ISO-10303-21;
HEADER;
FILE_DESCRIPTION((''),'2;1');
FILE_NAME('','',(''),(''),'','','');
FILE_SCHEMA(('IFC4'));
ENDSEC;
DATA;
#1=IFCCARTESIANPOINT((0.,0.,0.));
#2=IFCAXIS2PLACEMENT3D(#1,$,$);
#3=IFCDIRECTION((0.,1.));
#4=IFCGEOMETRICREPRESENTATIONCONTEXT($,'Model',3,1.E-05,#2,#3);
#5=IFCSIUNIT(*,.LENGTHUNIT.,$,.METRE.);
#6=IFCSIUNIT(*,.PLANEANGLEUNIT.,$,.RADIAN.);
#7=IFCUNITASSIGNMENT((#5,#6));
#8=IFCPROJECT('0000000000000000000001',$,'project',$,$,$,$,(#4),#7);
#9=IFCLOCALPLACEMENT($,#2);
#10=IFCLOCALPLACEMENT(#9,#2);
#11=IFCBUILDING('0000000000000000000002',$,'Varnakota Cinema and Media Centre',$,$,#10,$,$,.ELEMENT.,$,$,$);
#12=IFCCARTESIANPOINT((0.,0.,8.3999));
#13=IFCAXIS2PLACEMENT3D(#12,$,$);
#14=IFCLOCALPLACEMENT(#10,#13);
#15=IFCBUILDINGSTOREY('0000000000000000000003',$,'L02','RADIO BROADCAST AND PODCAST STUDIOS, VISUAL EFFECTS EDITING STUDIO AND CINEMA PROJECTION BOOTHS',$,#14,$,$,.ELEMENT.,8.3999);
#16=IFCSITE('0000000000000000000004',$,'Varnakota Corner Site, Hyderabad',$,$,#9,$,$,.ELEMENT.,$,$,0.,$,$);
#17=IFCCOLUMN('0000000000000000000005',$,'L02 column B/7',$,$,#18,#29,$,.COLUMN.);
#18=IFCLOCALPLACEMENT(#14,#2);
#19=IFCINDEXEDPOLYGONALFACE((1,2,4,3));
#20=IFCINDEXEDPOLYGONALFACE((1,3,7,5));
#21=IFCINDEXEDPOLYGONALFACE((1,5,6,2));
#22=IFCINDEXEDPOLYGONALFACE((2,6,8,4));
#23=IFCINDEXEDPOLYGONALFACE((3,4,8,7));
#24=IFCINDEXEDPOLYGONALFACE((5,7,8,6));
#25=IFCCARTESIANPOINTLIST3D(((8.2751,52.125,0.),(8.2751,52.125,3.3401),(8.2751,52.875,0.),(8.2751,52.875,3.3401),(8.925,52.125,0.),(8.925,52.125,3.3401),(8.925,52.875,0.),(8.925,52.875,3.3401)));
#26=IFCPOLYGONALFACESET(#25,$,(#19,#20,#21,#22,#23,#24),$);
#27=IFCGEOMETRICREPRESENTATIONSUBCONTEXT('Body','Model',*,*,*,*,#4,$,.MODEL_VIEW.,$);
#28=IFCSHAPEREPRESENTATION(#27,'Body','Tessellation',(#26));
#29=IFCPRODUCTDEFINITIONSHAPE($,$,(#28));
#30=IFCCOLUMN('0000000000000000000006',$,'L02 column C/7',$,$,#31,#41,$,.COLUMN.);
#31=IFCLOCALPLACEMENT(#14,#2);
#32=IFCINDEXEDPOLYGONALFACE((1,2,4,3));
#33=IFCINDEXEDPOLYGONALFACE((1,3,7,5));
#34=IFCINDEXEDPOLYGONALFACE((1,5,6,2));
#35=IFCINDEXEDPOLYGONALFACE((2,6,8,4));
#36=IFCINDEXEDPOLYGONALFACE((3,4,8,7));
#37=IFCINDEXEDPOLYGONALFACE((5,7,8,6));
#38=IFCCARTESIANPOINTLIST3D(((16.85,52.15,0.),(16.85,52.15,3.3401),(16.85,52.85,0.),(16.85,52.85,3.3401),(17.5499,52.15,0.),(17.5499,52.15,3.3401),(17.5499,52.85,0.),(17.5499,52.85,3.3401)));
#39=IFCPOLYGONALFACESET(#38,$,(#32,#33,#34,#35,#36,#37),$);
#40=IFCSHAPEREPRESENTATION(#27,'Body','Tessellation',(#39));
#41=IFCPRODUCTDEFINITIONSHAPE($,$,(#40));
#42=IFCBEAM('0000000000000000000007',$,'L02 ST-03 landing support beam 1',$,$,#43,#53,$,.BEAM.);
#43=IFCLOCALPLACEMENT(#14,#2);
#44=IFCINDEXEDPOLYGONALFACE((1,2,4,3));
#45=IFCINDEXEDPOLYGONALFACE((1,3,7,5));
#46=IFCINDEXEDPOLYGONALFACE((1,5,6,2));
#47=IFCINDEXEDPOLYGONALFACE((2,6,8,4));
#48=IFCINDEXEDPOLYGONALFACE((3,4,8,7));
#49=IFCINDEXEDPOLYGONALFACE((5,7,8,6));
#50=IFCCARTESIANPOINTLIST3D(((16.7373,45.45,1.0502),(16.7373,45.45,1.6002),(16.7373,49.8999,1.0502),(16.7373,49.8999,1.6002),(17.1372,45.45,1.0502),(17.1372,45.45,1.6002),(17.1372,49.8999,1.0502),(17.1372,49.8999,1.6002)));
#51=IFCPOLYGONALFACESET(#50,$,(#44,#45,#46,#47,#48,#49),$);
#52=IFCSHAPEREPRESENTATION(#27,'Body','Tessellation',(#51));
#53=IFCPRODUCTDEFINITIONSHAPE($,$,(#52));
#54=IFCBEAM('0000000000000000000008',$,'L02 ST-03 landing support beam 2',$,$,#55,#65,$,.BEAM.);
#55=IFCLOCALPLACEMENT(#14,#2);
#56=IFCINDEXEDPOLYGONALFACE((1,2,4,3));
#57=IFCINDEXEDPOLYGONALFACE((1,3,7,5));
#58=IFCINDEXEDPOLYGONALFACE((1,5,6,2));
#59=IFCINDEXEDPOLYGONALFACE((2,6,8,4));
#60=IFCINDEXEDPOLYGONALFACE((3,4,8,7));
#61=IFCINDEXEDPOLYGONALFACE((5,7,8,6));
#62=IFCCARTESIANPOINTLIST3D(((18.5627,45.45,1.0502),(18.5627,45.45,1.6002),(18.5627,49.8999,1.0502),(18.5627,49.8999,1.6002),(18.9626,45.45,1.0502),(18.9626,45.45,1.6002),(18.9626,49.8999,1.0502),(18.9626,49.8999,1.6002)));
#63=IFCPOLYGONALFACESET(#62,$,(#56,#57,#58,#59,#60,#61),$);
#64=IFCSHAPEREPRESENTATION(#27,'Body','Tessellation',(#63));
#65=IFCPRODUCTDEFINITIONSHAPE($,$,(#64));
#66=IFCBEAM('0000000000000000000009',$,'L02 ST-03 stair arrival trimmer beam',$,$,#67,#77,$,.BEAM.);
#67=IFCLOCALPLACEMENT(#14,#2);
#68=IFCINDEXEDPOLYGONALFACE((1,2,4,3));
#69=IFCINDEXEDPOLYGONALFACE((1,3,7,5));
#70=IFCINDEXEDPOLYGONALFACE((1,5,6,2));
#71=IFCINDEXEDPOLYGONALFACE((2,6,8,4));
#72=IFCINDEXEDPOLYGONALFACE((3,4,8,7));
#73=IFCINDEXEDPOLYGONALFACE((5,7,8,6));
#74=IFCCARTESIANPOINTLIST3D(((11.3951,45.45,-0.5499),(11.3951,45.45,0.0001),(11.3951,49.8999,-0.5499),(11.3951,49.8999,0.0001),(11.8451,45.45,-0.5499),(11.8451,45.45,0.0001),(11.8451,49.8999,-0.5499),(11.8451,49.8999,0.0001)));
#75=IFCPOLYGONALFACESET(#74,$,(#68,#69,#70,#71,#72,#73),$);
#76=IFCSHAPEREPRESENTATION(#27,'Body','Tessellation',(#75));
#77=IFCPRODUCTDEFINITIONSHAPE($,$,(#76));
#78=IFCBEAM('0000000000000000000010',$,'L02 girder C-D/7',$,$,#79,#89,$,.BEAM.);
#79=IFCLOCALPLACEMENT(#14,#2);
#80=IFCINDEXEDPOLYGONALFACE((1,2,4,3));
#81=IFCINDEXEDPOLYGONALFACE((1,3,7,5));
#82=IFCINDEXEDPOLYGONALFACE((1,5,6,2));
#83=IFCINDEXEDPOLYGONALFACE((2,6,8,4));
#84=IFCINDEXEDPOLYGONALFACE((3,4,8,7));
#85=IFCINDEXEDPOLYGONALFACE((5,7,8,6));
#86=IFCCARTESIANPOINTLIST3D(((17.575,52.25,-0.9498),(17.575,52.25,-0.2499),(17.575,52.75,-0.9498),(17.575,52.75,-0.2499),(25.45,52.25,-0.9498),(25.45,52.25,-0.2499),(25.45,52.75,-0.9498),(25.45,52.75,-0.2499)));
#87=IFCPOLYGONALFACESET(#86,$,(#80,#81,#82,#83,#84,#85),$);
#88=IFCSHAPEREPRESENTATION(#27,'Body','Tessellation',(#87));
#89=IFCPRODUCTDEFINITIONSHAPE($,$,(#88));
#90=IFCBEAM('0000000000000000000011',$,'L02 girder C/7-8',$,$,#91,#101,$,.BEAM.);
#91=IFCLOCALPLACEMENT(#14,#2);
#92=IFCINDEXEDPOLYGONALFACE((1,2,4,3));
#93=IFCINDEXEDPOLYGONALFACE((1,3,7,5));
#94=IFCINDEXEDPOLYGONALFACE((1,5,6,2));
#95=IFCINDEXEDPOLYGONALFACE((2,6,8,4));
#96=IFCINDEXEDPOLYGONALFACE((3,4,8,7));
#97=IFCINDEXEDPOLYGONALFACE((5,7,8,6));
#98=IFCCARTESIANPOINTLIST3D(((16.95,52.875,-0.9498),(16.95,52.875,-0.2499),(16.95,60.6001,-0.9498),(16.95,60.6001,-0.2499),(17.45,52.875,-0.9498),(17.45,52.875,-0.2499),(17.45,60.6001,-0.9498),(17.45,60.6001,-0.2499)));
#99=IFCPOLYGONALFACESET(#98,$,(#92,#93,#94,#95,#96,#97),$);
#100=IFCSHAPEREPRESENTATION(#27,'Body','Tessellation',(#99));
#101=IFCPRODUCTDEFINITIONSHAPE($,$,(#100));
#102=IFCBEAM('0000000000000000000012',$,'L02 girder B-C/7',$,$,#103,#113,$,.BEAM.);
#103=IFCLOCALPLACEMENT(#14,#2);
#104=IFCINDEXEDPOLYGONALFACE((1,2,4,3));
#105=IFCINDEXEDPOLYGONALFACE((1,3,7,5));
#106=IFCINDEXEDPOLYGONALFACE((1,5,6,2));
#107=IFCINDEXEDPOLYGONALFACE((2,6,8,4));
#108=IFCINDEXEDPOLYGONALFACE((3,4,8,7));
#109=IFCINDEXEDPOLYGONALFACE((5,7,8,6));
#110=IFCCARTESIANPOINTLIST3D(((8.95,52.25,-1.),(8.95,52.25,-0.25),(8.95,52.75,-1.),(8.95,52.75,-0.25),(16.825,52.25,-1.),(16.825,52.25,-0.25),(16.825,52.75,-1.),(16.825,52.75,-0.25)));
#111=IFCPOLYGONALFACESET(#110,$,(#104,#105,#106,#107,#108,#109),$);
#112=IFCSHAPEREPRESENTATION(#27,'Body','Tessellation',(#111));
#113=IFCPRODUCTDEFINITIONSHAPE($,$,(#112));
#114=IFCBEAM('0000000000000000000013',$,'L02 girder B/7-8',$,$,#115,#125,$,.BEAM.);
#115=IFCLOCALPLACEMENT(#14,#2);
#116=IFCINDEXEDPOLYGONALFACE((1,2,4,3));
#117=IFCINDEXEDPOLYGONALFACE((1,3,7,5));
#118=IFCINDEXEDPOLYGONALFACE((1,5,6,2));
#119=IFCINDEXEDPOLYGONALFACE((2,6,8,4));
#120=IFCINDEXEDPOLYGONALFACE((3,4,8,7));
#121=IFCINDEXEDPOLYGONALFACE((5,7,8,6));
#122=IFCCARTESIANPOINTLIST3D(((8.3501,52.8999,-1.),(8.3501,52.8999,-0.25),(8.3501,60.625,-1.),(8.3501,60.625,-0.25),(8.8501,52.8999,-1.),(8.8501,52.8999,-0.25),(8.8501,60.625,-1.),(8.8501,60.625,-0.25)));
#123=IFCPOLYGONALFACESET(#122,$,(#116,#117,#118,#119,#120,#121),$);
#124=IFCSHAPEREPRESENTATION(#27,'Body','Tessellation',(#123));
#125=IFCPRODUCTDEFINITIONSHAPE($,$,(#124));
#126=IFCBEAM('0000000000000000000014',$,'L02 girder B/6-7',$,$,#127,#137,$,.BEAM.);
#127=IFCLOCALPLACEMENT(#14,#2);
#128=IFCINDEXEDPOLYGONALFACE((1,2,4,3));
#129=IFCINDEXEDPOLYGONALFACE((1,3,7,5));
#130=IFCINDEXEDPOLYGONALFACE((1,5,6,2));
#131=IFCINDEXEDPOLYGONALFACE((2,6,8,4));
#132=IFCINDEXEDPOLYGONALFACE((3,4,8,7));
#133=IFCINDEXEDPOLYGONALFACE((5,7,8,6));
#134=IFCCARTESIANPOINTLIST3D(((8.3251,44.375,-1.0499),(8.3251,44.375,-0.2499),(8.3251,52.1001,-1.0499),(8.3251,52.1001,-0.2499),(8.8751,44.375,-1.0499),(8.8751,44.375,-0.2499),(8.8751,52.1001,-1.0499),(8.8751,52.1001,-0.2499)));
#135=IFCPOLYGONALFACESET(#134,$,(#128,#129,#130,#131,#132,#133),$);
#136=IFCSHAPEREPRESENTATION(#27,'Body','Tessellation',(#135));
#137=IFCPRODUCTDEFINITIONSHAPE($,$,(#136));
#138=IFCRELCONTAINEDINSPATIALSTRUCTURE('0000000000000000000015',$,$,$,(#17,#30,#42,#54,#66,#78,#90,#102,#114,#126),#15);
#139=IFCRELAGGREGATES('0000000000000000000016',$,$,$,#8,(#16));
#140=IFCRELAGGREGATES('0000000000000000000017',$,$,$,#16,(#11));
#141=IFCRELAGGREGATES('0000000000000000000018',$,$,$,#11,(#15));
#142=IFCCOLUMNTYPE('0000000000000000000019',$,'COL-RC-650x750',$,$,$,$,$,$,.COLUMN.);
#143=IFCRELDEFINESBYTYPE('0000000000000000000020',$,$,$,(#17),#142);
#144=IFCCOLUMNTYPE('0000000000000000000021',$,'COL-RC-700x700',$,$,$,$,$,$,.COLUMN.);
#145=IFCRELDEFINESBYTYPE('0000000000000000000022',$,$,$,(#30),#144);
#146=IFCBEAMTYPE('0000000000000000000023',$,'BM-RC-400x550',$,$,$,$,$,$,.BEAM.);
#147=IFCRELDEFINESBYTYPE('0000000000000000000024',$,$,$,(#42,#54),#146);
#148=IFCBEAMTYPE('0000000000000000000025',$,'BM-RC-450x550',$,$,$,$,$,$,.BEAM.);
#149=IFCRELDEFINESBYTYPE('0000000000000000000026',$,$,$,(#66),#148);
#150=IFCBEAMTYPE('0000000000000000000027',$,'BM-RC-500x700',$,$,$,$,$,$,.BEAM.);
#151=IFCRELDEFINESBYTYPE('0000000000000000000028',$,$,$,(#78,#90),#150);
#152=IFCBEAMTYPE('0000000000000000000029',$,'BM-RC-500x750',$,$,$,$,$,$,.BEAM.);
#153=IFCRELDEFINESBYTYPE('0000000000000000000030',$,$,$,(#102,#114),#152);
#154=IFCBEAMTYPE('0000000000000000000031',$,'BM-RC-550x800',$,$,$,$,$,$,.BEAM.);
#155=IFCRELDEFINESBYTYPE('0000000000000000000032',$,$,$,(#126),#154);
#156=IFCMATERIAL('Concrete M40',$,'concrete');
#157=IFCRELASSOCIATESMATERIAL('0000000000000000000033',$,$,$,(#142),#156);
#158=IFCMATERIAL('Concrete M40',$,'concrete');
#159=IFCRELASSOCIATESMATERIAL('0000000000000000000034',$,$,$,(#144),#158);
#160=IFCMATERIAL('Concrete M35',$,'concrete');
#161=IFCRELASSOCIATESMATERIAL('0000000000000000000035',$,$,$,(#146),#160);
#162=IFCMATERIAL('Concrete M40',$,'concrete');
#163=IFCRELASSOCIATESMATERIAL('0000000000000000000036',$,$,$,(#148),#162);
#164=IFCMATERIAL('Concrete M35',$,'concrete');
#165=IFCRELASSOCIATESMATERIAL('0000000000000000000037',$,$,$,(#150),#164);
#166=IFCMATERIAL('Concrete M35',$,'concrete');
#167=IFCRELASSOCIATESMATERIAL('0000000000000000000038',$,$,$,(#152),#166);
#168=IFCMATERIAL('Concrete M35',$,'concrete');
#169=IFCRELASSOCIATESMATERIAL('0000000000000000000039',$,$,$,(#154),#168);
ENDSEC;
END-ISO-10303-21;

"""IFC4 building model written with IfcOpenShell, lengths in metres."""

from ifc_helpers import new_model, si_unit, direction, frame, origin, origin_2d, place, context, subcontext, project, spatial, rectangle, extrude, material, material_profile, profile_set, type_object, element, save


model = new_model("IFC4")

# Units and contexts
model_context = context("Model", 3, precision=1e-05, world=origin(), true_north=direction((0.0, 1.0)))
body_context = subcontext(model_context, "Body", "Model", "MODEL_VIEW")
ifc_project = project(units=[si_unit("LENGTHUNIT", "METRE"), si_unit("PLANEANGLEUNIT", "RADIAN")], contexts=[model_context])

# Site, building, storey
site_placement = place(None, origin())
site = spatial("IfcSite", under=ifc_project, at=site_placement, Name="Varnakota Corner Site, Hyderabad", CompositionType="ELEMENT", RefElevation=0.0)
building_placement = place(site_placement, origin())
building = spatial("IfcBuilding", under=site, at=building_placement, Name="Varnakota Cinema and Media Centre", CompositionType="ELEMENT")
storey_placement = place(building_placement, frame((0.0, 0.0, 8.3999)))
storey = spatial("IfcBuildingStorey", under=building, at=storey_placement, Name="L02", Description="RADIO BROADCAST AND PODCAST STUDIOS, VISUAL EFFECTS EDITING STUDIO AND CINEMA PROJECTION BOOTHS", CompositionType="ELEMENT", Elevation=8.3999)

# Columns
ifc_material_1 = material(Name="Concrete M40", Category="concrete")
ifc_material_profile_1 = material_profile(ifc_material_1, rectangle(XDim=0.6499, YDim=0.75, at=origin_2d()), Name="RC 650x750")
ifc_profile_set_1 = profile_set([ifc_material_profile_1], Name="Concrete M40")
column_type_1 = type_object("IfcColumnType", Name="COL-RC-650x750", PredefinedType="COLUMN", material=ifc_profile_set_1)
column_1_placement = place(storey_placement, frame((8.6001, 52.5, 0.0), z_axis=(0.0, 0.0, 1.0), x_axis=(1.0, 0.0, 0.0)))
element("IfcColumn", 1, at=column_1_placement, inside=storey, type_object=column_type_1, Name="L02 column B/7", PredefinedType="COLUMN", context=body_context, shape_type="SweptSolid", body=[
    extrude(rectangle(XDim=0.6499, YDim=0.75, at=origin_2d()), origin(), (0.0, 0.0, 1.0), 3.3401),
])
ifc_material_2 = material(Name="Concrete M40", Category="concrete")
ifc_material_profile_2 = material_profile(ifc_material_2, rectangle(XDim=0.7, YDim=0.7, at=origin_2d()), Name="RC 700x700")
ifc_profile_set_2 = profile_set([ifc_material_profile_2], Name="Concrete M40")
column_type_2 = type_object("IfcColumnType", Name="COL-RC-700x700", PredefinedType="COLUMN", material=ifc_profile_set_2)
column_2_placement = place(storey_placement, frame((17.2, 52.5, 0.0), z_axis=(0.0, 0.0, 1.0), x_axis=(1.0, 0.0, 0.0)))
element("IfcColumn", 2, at=column_2_placement, inside=storey, type_object=column_type_2, Name="L02 column C/7", PredefinedType="COLUMN", context=body_context, shape_type="SweptSolid", body=[
    extrude(rectangle(XDim=0.7, YDim=0.7, at=origin_2d()), origin(), (0.0, 0.0, 1.0), 3.3401),
])

# Beams
ifc_material_3 = material(Name="Concrete M35", Category="concrete")
ifc_material_profile_3 = material_profile(ifc_material_3, rectangle(XDim=0.3999, YDim=0.55, at=origin_2d()), Name="RCB 400x550")
ifc_profile_set_3 = profile_set([ifc_material_profile_3], Name="Concrete M35")
beam_type_1 = type_object("IfcBeamType", Name="BM-RC-400x550", PredefinedType="BEAM", material=ifc_profile_set_3)
for number, where, z_axis, x_axis, name in (
    (3, (16.9373, 45.45, 1.3252), (0.0, 1.0, 0.0), (-1.0, 0.0, 0.0), "L02 ST-03 landing support beam 1"),
    (4, (18.7627, 45.45, 1.3252), (0.0, 1.0, 0.0), (-1.0, 0.0, 0.0), "L02 ST-03 landing support beam 2"),
):
    element("IfcBeam", number, at=place(storey_placement, frame(where, z_axis=z_axis, x_axis=x_axis)), inside=storey, type_object=beam_type_1, Name=name, PredefinedType="BEAM", context=body_context, shape_type="SweptSolid", body=[
        extrude(rectangle(XDim=0.3999, YDim=0.55, at=origin_2d()), origin(), (0.0, 0.0, 1.0), 4.45),
    ])
ifc_material_4 = material(Name="Concrete M40", Category="concrete")
ifc_material_profile_4 = material_profile(ifc_material_4, rectangle(XDim=0.45, YDim=0.55, at=origin_2d()), Name="RCB 450x550")
ifc_profile_set_4 = profile_set([ifc_material_profile_4], Name="Concrete M40")
beam_type_2 = type_object("IfcBeamType", Name="BM-RC-450x550", PredefinedType="BEAM", material=ifc_profile_set_4)
beam_1_placement = place(storey_placement, frame((11.6201, 45.45, -0.2749), z_axis=(0.0, 1.0, 0.0), x_axis=(-1.0, 0.0, 0.0)))
element("IfcBeam", 5, at=beam_1_placement, inside=storey, type_object=beam_type_2, Name="L02 ST-03 stair arrival trimmer beam", PredefinedType="BEAM", context=body_context, shape_type="SweptSolid", body=[
    extrude(rectangle(XDim=0.45, YDim=0.55, at=origin_2d()), origin(), (0.0, 0.0, 1.0), 4.45),
])
ifc_material_5 = material(Name="Concrete M35", Category="concrete")
ifc_material_profile_5 = material_profile(ifc_material_5, rectangle(XDim=0.5, YDim=0.7, at=origin_2d()), Name="RCB 500x700")
ifc_profile_set_5 = profile_set([ifc_material_profile_5], Name="Concrete M35")
beam_type_3 = type_object("IfcBeamType", Name="BM-RC-500x700", PredefinedType="BEAM", material=ifc_profile_set_5)
beam_2_placement = place(storey_placement, frame((17.575, 52.5, -0.5999), z_axis=(1.0, 0.0, 0.0), x_axis=(0.0, 1.0, 0.0)))
element("IfcBeam", 6, at=beam_2_placement, inside=storey, type_object=beam_type_3, Name="L02 girder C-D/7", PredefinedType="BEAM", context=body_context, shape_type="SweptSolid", body=[
    extrude(rectangle(XDim=0.5, YDim=0.7, at=origin_2d()), origin(), (0.0, 0.0, 1.0), 7.875),
])
beam_3_placement = place(storey_placement, frame((17.2, 52.875, -0.5999), z_axis=(0.0, 1.0, 0.0), x_axis=(-1.0, 0.0, 0.0)))
element("IfcBeam", 7, at=beam_3_placement, inside=storey, type_object=beam_type_3, Name="L02 girder C/7-8", PredefinedType="BEAM", context=body_context, shape_type="SweptSolid", body=[
    extrude(rectangle(XDim=0.5, YDim=0.7, at=origin_2d()), origin(), (0.0, 0.0, 1.0), 7.7251),
])
ifc_material_6 = material(Name="Concrete M35", Category="concrete")
ifc_material_profile_6 = material_profile(ifc_material_6, rectangle(XDim=0.5, YDim=0.75, at=origin_2d()), Name="RCB 500x750")
ifc_profile_set_6 = profile_set([ifc_material_profile_6], Name="Concrete M35")
beam_type_4 = type_object("IfcBeamType", Name="BM-RC-500x750", PredefinedType="BEAM", material=ifc_profile_set_6)
beam_4_placement = place(storey_placement, frame((8.95, 52.5, -0.625), z_axis=(1.0, 0.0, 0.0), x_axis=(0.0, 1.0, 0.0)))
element("IfcBeam", 8, at=beam_4_placement, inside=storey, type_object=beam_type_4, Name="L02 girder B-C/7", PredefinedType="BEAM", context=body_context, shape_type="SweptSolid", body=[
    extrude(rectangle(XDim=0.5, YDim=0.75, at=origin_2d()), origin(), (0.0, 0.0, 1.0), 7.875),
])
beam_5_placement = place(storey_placement, frame((8.6001, 52.8999, -0.625), z_axis=(0.0, 1.0, 0.0), x_axis=(-1.0, 0.0, 0.0)))
element("IfcBeam", 9, at=beam_5_placement, inside=storey, type_object=beam_type_4, Name="L02 girder B/7-8", PredefinedType="BEAM", context=body_context, shape_type="SweptSolid", body=[
    extrude(rectangle(XDim=0.5, YDim=0.75, at=origin_2d()), origin(), (0.0, 0.0, 1.0), 7.7251),
])
ifc_material_7 = material(Name="Concrete M35", Category="concrete")
ifc_material_profile_7 = material_profile(ifc_material_7, rectangle(XDim=0.55, YDim=0.8, at=origin_2d()), Name="RCB 550x800")
ifc_profile_set_7 = profile_set([ifc_material_profile_7], Name="Concrete M35")
beam_type_5 = type_object("IfcBeamType", Name="BM-RC-550x800", PredefinedType="BEAM", material=ifc_profile_set_7)
beam_6_placement = place(storey_placement, frame((8.6001, 44.375, -0.6499), z_axis=(0.0, 1.0, 0.0), x_axis=(-1.0, 0.0, 0.0)))
element("IfcBeam", 10, at=beam_6_placement, inside=storey, type_object=beam_type_5, Name="L02 girder B/6-7", PredefinedType="BEAM", context=body_context, shape_type="SweptSolid", body=[
    extrude(rectangle(XDim=0.55, YDim=0.8, at=origin_2d()), origin(), (0.0, 0.0, 1.0), 7.7251),
])

save(model, "model.ifc")
